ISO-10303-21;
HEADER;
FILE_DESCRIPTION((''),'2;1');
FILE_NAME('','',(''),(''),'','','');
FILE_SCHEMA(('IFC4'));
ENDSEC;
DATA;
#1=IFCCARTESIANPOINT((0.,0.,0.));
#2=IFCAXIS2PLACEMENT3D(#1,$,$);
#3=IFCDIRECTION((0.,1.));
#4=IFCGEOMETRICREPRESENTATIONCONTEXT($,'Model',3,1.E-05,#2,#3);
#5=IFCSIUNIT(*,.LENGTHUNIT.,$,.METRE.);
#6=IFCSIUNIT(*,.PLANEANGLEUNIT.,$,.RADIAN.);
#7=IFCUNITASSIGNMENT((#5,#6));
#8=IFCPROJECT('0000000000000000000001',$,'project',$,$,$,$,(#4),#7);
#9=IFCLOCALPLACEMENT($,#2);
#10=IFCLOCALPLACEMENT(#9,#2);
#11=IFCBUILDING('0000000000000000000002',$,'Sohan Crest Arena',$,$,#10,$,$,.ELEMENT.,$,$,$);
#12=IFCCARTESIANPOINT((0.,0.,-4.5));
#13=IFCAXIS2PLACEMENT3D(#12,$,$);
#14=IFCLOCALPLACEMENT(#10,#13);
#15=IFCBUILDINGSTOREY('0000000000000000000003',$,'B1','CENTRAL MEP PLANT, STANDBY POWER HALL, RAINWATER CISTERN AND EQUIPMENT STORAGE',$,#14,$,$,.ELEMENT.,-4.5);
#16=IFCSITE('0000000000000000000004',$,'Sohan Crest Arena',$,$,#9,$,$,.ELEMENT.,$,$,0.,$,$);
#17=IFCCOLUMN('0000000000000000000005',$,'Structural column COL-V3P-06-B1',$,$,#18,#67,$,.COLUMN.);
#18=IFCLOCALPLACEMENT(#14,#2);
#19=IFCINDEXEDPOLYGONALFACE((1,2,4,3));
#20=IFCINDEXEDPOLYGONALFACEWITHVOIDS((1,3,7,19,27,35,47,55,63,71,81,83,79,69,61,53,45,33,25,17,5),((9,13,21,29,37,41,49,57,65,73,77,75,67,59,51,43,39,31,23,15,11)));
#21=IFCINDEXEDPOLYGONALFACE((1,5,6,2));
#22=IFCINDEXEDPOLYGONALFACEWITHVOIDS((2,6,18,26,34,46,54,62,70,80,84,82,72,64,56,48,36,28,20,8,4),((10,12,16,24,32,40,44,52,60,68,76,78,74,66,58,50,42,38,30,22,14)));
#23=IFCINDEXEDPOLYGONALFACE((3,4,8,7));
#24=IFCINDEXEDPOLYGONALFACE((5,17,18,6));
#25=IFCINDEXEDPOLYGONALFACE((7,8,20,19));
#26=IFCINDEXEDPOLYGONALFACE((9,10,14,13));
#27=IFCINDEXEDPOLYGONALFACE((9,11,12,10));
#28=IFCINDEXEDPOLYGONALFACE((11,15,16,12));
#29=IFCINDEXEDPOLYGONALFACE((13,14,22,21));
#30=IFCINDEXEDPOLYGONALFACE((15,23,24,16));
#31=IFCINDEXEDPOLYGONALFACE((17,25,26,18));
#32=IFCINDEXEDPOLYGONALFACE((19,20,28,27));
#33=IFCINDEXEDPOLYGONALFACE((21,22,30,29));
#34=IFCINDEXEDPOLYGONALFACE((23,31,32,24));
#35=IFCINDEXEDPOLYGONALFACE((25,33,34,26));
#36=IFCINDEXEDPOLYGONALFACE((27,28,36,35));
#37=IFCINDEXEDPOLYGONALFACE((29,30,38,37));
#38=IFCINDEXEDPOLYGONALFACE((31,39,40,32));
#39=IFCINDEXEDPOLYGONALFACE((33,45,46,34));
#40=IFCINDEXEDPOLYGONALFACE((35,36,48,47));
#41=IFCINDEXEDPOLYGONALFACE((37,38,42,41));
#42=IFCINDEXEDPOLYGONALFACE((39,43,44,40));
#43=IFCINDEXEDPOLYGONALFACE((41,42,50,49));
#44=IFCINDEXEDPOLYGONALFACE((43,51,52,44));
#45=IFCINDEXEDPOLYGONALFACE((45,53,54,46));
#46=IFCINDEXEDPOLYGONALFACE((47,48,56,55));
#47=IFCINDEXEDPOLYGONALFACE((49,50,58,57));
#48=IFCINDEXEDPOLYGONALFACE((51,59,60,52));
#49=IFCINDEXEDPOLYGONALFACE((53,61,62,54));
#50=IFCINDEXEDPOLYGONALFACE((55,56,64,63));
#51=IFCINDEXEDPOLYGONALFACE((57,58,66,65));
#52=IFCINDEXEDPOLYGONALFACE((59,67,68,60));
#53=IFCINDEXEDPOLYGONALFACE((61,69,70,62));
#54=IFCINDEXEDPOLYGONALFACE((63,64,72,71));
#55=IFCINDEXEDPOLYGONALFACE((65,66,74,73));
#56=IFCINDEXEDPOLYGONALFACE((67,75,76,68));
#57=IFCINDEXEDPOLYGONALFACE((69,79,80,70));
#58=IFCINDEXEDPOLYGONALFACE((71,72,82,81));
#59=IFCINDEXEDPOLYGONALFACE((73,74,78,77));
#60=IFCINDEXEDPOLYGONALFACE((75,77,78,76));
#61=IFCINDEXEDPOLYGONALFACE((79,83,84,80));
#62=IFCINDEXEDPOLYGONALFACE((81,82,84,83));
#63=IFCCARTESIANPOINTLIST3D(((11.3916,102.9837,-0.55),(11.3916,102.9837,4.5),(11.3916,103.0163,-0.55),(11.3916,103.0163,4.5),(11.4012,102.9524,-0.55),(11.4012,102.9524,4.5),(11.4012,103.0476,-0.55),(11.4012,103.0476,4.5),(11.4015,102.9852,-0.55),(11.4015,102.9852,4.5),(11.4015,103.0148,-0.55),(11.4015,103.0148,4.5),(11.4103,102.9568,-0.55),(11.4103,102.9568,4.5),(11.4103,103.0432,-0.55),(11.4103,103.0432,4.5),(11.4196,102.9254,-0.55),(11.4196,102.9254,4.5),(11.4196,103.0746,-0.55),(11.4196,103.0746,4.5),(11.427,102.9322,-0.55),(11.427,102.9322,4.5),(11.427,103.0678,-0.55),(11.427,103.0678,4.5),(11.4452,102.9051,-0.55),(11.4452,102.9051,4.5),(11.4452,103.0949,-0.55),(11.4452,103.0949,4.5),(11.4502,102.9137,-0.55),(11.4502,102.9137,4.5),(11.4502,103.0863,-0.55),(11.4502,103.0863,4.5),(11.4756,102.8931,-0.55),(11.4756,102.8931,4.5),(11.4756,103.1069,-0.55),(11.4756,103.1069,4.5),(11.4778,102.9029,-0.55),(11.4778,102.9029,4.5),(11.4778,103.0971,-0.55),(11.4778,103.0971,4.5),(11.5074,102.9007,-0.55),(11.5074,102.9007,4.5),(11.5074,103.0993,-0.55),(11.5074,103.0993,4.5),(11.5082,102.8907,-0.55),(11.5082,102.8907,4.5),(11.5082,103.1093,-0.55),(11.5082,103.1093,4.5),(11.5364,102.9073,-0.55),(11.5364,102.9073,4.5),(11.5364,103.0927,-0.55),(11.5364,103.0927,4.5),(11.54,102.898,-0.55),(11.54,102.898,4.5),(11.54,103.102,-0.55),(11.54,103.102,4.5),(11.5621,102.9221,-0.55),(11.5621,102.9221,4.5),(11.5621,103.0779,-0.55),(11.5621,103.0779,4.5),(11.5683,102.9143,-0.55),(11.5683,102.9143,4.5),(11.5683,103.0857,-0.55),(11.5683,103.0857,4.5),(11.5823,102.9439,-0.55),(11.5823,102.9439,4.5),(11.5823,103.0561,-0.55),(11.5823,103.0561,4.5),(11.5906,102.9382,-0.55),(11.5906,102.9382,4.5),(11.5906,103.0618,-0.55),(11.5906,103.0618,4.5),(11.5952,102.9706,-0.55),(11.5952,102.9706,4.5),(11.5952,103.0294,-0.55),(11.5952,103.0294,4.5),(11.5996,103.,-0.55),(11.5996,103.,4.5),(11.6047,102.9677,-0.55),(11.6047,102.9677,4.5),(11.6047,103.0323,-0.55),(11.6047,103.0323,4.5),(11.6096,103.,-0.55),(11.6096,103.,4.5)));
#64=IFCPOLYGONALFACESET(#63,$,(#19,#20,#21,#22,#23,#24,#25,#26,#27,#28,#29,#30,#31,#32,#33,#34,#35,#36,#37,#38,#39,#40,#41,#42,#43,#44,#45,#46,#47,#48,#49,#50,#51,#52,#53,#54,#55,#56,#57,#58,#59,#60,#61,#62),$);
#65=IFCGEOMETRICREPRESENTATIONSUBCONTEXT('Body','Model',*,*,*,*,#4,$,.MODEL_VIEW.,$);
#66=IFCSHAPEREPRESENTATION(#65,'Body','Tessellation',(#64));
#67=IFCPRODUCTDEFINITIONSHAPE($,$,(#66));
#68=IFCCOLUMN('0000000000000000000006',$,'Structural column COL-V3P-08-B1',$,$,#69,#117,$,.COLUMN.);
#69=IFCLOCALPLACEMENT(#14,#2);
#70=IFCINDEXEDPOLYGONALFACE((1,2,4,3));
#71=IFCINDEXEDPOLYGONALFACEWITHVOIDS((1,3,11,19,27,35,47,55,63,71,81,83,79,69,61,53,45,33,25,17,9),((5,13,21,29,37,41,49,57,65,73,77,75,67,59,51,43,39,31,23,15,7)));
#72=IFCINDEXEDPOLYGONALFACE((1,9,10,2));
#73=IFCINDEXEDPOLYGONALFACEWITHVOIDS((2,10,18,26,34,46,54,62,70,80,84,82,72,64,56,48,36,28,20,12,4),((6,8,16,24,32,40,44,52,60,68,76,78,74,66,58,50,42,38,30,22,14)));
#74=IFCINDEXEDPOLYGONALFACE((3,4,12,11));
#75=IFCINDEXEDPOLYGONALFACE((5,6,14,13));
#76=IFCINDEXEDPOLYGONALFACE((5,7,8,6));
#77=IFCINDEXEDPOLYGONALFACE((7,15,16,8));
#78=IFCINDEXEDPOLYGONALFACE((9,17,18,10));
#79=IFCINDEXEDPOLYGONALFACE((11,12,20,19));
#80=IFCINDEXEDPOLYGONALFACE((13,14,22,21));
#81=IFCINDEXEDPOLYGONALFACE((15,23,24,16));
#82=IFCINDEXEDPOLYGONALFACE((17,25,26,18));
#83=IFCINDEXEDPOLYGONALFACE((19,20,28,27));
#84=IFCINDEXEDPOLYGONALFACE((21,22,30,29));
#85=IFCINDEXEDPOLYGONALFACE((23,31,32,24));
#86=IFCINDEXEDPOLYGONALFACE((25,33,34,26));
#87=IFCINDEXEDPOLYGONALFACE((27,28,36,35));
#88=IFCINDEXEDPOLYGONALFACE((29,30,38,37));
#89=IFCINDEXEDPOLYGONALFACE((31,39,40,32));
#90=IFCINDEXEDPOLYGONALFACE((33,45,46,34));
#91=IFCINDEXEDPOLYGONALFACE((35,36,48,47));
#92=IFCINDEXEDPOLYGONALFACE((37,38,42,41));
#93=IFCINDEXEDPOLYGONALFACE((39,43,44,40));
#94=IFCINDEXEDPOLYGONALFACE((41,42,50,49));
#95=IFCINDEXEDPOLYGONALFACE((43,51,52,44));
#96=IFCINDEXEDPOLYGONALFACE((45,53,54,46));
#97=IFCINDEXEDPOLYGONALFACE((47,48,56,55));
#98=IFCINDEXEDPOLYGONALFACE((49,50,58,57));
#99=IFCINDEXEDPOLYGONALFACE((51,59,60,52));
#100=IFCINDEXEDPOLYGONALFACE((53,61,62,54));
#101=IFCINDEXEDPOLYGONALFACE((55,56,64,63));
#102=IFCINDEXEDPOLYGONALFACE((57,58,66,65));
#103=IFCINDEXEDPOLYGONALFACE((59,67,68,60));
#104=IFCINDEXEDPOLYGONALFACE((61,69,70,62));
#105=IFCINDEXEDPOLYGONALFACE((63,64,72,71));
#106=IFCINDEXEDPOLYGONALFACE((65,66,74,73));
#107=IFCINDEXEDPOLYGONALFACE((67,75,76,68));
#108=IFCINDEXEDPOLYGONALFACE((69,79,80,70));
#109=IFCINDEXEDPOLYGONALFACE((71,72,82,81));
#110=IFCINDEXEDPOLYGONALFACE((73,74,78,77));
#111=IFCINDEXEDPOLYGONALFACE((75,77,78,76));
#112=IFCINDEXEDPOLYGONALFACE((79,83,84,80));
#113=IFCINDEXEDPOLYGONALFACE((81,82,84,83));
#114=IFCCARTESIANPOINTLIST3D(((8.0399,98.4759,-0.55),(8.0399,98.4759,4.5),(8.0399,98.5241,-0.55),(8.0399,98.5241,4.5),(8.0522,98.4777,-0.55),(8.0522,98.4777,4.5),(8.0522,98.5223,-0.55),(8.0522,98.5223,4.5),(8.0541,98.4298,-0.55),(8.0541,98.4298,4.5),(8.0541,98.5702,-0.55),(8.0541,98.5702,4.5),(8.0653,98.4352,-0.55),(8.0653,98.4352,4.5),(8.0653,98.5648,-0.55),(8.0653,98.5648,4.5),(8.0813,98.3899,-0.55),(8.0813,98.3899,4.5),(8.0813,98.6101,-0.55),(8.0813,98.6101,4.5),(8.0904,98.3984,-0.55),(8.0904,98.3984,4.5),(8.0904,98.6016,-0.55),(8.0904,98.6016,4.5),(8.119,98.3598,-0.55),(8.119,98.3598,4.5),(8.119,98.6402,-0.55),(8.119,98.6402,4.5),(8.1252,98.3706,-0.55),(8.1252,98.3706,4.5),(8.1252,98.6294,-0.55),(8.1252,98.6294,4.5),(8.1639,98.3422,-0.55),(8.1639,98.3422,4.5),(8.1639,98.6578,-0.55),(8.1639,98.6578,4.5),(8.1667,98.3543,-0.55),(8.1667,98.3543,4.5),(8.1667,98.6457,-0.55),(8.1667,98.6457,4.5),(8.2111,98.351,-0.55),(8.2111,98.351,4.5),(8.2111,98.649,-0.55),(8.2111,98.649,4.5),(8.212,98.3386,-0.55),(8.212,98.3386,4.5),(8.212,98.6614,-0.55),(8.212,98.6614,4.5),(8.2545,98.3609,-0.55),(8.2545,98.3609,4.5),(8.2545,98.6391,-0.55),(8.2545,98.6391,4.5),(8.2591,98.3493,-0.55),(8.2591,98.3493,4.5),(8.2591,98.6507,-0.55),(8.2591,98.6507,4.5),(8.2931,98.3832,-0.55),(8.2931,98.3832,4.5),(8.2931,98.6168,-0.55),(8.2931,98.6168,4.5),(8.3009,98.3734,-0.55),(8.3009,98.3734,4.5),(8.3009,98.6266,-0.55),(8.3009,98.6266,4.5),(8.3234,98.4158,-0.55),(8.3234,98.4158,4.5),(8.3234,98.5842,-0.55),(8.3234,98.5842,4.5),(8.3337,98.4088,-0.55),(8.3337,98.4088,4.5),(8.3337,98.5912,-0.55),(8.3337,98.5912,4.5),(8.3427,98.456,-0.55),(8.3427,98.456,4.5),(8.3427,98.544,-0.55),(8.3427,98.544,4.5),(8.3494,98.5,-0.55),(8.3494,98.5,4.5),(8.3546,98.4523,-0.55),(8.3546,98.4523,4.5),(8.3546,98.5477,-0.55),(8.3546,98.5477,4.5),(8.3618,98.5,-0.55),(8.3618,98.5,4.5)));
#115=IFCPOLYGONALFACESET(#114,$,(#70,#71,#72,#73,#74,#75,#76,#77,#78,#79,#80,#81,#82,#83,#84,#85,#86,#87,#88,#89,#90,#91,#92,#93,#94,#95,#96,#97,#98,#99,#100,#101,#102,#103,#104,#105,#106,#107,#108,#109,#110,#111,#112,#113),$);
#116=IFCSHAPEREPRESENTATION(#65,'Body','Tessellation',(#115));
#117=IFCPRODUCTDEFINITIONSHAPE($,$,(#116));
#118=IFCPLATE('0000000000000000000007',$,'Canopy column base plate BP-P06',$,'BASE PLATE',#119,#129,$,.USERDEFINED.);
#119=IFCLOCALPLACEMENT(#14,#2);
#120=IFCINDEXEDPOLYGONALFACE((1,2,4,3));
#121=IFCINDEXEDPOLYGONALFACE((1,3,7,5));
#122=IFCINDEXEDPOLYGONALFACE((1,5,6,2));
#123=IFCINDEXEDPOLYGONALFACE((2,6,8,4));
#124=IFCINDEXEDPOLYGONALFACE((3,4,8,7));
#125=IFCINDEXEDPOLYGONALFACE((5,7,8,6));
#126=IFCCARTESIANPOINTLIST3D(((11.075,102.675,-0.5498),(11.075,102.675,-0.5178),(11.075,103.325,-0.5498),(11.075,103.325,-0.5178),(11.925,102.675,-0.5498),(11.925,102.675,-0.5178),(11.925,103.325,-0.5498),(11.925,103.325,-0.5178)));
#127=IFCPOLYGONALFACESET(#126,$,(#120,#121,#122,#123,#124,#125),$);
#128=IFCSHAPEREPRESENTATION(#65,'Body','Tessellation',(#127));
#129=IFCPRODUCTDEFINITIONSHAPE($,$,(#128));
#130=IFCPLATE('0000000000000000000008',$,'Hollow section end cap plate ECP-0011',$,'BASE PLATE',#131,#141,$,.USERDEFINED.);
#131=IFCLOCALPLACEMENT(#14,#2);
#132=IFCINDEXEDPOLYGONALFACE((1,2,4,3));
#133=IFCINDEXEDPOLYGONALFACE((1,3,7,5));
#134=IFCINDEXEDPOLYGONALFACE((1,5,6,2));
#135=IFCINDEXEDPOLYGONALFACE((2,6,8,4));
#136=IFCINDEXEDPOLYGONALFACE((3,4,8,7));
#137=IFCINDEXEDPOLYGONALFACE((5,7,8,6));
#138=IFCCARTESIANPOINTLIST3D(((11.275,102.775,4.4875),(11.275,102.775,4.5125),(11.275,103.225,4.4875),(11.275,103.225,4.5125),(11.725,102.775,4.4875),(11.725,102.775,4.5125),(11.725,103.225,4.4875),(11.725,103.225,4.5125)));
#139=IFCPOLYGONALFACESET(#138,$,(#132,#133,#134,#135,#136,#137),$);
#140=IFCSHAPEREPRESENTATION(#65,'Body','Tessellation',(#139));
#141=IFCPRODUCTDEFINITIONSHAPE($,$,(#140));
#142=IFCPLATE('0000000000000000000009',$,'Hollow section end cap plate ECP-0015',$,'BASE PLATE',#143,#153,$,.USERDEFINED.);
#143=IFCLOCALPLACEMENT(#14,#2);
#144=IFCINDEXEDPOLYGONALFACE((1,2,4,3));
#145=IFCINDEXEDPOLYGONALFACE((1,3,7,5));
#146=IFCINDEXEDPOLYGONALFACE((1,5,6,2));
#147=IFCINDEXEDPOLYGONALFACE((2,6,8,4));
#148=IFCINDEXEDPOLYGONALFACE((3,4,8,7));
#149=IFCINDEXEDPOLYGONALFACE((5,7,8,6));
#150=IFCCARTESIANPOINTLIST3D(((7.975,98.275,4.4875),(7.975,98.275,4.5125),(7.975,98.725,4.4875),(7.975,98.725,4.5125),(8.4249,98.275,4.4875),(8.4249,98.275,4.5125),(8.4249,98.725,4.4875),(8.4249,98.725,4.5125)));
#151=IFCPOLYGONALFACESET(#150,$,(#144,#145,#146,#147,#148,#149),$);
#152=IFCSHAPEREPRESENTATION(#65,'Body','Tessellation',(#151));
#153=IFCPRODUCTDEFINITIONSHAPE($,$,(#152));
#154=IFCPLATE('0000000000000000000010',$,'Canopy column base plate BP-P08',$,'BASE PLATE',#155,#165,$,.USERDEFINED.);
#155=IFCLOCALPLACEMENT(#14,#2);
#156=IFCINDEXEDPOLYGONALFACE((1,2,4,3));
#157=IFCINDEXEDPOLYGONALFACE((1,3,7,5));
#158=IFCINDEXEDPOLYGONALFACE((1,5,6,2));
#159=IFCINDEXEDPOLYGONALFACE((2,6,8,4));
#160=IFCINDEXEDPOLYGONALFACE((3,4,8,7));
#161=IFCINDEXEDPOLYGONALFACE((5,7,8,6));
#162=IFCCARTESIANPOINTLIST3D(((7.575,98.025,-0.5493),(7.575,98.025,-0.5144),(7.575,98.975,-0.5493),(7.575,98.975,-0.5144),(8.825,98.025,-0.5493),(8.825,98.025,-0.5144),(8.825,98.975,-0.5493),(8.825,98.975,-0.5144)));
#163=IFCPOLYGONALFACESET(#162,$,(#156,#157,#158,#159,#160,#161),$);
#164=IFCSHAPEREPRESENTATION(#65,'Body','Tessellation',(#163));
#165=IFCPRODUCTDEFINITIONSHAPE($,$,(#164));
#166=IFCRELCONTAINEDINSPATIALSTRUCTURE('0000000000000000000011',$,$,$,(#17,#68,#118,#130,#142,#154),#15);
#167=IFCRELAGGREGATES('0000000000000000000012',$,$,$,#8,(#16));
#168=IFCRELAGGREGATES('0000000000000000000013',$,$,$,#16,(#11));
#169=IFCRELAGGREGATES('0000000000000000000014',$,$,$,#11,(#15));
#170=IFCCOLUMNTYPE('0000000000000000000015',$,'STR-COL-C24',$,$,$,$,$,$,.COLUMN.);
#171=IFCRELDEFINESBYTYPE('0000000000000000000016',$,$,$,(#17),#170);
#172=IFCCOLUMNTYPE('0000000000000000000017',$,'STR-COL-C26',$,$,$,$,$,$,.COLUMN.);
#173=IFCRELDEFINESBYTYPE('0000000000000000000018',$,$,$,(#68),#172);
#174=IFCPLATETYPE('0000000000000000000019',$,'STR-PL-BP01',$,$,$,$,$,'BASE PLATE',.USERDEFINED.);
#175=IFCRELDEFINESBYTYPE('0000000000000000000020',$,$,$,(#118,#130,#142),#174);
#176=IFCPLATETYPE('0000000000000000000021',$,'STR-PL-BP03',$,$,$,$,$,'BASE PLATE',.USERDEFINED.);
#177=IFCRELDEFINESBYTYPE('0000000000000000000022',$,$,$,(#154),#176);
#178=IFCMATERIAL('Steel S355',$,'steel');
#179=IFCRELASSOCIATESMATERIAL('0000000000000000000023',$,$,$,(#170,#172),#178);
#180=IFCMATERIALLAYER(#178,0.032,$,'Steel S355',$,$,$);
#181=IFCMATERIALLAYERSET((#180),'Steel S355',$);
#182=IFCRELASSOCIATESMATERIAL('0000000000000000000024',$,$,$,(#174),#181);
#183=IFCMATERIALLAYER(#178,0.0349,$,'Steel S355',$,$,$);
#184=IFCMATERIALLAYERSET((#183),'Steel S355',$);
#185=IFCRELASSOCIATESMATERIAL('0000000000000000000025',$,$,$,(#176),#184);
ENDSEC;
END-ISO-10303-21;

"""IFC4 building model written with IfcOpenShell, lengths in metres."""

from ifc_helpers import new_model, si_unit, direction, frame, origin, origin_2d, place, context, subcontext, project, spatial, rectangle, hollow_circle, extrude, material, layer, layer_set, material_profile, profile_set, type_object, element, save


model = new_model("IFC4")

# Units and contexts
model_context = context("Model", 3, precision=1e-05, world=origin(), true_north=direction((0.0, 1.0)))
body_context = subcontext(model_context, "Body", "Model", "MODEL_VIEW")
ifc_project = project(units=[si_unit("LENGTHUNIT", "METRE"), si_unit("PLANEANGLEUNIT", "RADIAN")], contexts=[model_context])

# Site, building, storey
site_placement = place(None, origin())
site = spatial("IfcSite", under=ifc_project, at=site_placement, Name="Sohan Crest Arena", CompositionType="ELEMENT", RefElevation=0.0)
building_placement = place(site_placement, origin())
building = spatial("IfcBuilding", under=site, at=building_placement, Name="Sohan Crest Arena", CompositionType="ELEMENT")
storey_placement = place(building_placement, frame((0.0, 0.0, -4.5)))
storey = spatial("IfcBuildingStorey", under=building, at=storey_placement, Name="B1", Description="CENTRAL MEP PLANT, STANDBY POWER HALL, RAINWATER CISTERN AND EQUIPMENT STORAGE", CompositionType="ELEMENT", Elevation=-4.5)

# Columns
ifc_material_1 = material(Name="Steel S355", Category="steel")
ifc_material_profile_1 = material_profile(ifc_material_1, hollow_circle(Radius=0.1096, WallThickness=0.01, at=origin_2d()), Name="CHS 219.1x10")
ifc_profile_set_1 = profile_set([ifc_material_profile_1], Name="Steel S355")
column_type_1 = type_object("IfcColumnType", Name="STR-COL-C24", PredefinedType="COLUMN", material=ifc_profile_set_1)
column_1_placement = place(storey_placement, frame((11.5, 103.0, -0.55), z_axis=(0.0, 0.0, 1.0), x_axis=(1.0, 0.0, 0.0)))
element("IfcColumn", 1, at=column_1_placement, inside=storey, type_object=column_type_1, Name="Structural column COL-V3P-06-B1", PredefinedType="COLUMN", context=body_context, shape_type="SweptSolid", body=[
    extrude(hollow_circle(Radius=0.1096, WallThickness=0.01, at=origin_2d()), origin(), (0.0, 0.0, 1.0), 5.05),
])
ifc_material_profile_2 = material_profile(ifc_material_1, hollow_circle(Radius=0.1619, WallThickness=0.0125, at=origin_2d()), Name="CHS 323.9x12.5")
ifc_profile_set_2 = profile_set([ifc_material_profile_2], Name="Steel S355")
column_type_2 = type_object("IfcColumnType", Name="STR-COL-C26", PredefinedType="COLUMN", material=ifc_profile_set_2)
column_2_placement = place(storey_placement, frame((8.2, 98.5, -0.55), z_axis=(0.0, 0.0, 1.0), x_axis=(1.0, 0.0, 0.0)))
element("IfcColumn", 2, at=column_2_placement, inside=storey, type_object=column_type_2, Name="Structural column COL-V3P-08-B1", PredefinedType="COLUMN", context=body_context, shape_type="SweptSolid", body=[
    extrude(hollow_circle(Radius=0.1619, WallThickness=0.0125, at=origin_2d()), origin(), (0.0, 0.0, 1.0), 5.05),
])

# Plates
ifc_layer_1 = layer(ifc_material_1, 0.032, Name="Steel S355")
ifc_layer_set_1 = layer_set([ifc_layer_1], Name="Steel S355")
plate_type_1 = type_object("IfcPlateType", Name="STR-PL-BP01", ElementType="BASE PLATE", PredefinedType="USERDEFINED", material=ifc_layer_set_1)
plate_1_placement = place(storey_placement, frame((11.5, 103.0, -0.5498), z_axis=(0.0, 0.0, 1.0), x_axis=(1.0, 0.0, 0.0)))
element("IfcPlate", 3, at=plate_1_placement, inside=storey, type_object=plate_type_1, Name="Canopy column base plate BP-P06", ObjectType="BASE PLATE", PredefinedType="USERDEFINED", context=body_context, shape_type="SweptSolid", body=[
    extrude(rectangle(XDim=0.8501, YDim=0.6499, at=origin_2d()), origin(), (0.0, 0.0, 1.0), 0.032),
])
for number, where, z_axis, x_axis, name in (
    (4, (11.5, 103.0, 4.4875), (0.0, 0.0, 1.0), (1.0, 0.0, 0.0), "Hollow section end cap plate ECP-0011"),
    (5, (8.2, 98.5, 4.4875), (0.0, 0.0, 1.0), (1.0, 0.0, 0.0), "Hollow section end cap plate ECP-0015"),
):
    element("IfcPlate", number, at=place(storey_placement, frame(where, z_axis=z_axis, x_axis=x_axis)), inside=storey, type_object=plate_type_1, Name=name, ObjectType="BASE PLATE", PredefinedType="USERDEFINED", context=body_context, shape_type="SweptSolid", body=[
        extrude(rectangle(XDim=0.45, YDim=0.45, at=origin_2d()), origin(), (0.0, 0.0, 1.0), 0.0249),
    ])
ifc_layer_2 = layer(ifc_material_1, 0.0349, Name="Steel S355")
ifc_layer_set_2 = layer_set([ifc_layer_2], Name="Steel S355")
plate_type_2 = type_object("IfcPlateType", Name="STR-PL-BP03", ElementType="BASE PLATE", PredefinedType="USERDEFINED", material=ifc_layer_set_2)
plate_2_placement = place(storey_placement, frame((8.2, 98.5, -0.5493), z_axis=(0.0, 0.0, 1.0), x_axis=(1.0, 0.0, 0.0)))
element("IfcPlate", 6, at=plate_2_placement, inside=storey, type_object=plate_type_2, Name="Canopy column base plate BP-P08", ObjectType="BASE PLATE", PredefinedType="USERDEFINED", context=body_context, shape_type="SweptSolid", body=[
    extrude(rectangle(XDim=1.25, YDim=0.95, at=origin_2d()), origin(), (0.0, 0.0, 1.0), 0.0349),
])

save(model, "model.ifc")
